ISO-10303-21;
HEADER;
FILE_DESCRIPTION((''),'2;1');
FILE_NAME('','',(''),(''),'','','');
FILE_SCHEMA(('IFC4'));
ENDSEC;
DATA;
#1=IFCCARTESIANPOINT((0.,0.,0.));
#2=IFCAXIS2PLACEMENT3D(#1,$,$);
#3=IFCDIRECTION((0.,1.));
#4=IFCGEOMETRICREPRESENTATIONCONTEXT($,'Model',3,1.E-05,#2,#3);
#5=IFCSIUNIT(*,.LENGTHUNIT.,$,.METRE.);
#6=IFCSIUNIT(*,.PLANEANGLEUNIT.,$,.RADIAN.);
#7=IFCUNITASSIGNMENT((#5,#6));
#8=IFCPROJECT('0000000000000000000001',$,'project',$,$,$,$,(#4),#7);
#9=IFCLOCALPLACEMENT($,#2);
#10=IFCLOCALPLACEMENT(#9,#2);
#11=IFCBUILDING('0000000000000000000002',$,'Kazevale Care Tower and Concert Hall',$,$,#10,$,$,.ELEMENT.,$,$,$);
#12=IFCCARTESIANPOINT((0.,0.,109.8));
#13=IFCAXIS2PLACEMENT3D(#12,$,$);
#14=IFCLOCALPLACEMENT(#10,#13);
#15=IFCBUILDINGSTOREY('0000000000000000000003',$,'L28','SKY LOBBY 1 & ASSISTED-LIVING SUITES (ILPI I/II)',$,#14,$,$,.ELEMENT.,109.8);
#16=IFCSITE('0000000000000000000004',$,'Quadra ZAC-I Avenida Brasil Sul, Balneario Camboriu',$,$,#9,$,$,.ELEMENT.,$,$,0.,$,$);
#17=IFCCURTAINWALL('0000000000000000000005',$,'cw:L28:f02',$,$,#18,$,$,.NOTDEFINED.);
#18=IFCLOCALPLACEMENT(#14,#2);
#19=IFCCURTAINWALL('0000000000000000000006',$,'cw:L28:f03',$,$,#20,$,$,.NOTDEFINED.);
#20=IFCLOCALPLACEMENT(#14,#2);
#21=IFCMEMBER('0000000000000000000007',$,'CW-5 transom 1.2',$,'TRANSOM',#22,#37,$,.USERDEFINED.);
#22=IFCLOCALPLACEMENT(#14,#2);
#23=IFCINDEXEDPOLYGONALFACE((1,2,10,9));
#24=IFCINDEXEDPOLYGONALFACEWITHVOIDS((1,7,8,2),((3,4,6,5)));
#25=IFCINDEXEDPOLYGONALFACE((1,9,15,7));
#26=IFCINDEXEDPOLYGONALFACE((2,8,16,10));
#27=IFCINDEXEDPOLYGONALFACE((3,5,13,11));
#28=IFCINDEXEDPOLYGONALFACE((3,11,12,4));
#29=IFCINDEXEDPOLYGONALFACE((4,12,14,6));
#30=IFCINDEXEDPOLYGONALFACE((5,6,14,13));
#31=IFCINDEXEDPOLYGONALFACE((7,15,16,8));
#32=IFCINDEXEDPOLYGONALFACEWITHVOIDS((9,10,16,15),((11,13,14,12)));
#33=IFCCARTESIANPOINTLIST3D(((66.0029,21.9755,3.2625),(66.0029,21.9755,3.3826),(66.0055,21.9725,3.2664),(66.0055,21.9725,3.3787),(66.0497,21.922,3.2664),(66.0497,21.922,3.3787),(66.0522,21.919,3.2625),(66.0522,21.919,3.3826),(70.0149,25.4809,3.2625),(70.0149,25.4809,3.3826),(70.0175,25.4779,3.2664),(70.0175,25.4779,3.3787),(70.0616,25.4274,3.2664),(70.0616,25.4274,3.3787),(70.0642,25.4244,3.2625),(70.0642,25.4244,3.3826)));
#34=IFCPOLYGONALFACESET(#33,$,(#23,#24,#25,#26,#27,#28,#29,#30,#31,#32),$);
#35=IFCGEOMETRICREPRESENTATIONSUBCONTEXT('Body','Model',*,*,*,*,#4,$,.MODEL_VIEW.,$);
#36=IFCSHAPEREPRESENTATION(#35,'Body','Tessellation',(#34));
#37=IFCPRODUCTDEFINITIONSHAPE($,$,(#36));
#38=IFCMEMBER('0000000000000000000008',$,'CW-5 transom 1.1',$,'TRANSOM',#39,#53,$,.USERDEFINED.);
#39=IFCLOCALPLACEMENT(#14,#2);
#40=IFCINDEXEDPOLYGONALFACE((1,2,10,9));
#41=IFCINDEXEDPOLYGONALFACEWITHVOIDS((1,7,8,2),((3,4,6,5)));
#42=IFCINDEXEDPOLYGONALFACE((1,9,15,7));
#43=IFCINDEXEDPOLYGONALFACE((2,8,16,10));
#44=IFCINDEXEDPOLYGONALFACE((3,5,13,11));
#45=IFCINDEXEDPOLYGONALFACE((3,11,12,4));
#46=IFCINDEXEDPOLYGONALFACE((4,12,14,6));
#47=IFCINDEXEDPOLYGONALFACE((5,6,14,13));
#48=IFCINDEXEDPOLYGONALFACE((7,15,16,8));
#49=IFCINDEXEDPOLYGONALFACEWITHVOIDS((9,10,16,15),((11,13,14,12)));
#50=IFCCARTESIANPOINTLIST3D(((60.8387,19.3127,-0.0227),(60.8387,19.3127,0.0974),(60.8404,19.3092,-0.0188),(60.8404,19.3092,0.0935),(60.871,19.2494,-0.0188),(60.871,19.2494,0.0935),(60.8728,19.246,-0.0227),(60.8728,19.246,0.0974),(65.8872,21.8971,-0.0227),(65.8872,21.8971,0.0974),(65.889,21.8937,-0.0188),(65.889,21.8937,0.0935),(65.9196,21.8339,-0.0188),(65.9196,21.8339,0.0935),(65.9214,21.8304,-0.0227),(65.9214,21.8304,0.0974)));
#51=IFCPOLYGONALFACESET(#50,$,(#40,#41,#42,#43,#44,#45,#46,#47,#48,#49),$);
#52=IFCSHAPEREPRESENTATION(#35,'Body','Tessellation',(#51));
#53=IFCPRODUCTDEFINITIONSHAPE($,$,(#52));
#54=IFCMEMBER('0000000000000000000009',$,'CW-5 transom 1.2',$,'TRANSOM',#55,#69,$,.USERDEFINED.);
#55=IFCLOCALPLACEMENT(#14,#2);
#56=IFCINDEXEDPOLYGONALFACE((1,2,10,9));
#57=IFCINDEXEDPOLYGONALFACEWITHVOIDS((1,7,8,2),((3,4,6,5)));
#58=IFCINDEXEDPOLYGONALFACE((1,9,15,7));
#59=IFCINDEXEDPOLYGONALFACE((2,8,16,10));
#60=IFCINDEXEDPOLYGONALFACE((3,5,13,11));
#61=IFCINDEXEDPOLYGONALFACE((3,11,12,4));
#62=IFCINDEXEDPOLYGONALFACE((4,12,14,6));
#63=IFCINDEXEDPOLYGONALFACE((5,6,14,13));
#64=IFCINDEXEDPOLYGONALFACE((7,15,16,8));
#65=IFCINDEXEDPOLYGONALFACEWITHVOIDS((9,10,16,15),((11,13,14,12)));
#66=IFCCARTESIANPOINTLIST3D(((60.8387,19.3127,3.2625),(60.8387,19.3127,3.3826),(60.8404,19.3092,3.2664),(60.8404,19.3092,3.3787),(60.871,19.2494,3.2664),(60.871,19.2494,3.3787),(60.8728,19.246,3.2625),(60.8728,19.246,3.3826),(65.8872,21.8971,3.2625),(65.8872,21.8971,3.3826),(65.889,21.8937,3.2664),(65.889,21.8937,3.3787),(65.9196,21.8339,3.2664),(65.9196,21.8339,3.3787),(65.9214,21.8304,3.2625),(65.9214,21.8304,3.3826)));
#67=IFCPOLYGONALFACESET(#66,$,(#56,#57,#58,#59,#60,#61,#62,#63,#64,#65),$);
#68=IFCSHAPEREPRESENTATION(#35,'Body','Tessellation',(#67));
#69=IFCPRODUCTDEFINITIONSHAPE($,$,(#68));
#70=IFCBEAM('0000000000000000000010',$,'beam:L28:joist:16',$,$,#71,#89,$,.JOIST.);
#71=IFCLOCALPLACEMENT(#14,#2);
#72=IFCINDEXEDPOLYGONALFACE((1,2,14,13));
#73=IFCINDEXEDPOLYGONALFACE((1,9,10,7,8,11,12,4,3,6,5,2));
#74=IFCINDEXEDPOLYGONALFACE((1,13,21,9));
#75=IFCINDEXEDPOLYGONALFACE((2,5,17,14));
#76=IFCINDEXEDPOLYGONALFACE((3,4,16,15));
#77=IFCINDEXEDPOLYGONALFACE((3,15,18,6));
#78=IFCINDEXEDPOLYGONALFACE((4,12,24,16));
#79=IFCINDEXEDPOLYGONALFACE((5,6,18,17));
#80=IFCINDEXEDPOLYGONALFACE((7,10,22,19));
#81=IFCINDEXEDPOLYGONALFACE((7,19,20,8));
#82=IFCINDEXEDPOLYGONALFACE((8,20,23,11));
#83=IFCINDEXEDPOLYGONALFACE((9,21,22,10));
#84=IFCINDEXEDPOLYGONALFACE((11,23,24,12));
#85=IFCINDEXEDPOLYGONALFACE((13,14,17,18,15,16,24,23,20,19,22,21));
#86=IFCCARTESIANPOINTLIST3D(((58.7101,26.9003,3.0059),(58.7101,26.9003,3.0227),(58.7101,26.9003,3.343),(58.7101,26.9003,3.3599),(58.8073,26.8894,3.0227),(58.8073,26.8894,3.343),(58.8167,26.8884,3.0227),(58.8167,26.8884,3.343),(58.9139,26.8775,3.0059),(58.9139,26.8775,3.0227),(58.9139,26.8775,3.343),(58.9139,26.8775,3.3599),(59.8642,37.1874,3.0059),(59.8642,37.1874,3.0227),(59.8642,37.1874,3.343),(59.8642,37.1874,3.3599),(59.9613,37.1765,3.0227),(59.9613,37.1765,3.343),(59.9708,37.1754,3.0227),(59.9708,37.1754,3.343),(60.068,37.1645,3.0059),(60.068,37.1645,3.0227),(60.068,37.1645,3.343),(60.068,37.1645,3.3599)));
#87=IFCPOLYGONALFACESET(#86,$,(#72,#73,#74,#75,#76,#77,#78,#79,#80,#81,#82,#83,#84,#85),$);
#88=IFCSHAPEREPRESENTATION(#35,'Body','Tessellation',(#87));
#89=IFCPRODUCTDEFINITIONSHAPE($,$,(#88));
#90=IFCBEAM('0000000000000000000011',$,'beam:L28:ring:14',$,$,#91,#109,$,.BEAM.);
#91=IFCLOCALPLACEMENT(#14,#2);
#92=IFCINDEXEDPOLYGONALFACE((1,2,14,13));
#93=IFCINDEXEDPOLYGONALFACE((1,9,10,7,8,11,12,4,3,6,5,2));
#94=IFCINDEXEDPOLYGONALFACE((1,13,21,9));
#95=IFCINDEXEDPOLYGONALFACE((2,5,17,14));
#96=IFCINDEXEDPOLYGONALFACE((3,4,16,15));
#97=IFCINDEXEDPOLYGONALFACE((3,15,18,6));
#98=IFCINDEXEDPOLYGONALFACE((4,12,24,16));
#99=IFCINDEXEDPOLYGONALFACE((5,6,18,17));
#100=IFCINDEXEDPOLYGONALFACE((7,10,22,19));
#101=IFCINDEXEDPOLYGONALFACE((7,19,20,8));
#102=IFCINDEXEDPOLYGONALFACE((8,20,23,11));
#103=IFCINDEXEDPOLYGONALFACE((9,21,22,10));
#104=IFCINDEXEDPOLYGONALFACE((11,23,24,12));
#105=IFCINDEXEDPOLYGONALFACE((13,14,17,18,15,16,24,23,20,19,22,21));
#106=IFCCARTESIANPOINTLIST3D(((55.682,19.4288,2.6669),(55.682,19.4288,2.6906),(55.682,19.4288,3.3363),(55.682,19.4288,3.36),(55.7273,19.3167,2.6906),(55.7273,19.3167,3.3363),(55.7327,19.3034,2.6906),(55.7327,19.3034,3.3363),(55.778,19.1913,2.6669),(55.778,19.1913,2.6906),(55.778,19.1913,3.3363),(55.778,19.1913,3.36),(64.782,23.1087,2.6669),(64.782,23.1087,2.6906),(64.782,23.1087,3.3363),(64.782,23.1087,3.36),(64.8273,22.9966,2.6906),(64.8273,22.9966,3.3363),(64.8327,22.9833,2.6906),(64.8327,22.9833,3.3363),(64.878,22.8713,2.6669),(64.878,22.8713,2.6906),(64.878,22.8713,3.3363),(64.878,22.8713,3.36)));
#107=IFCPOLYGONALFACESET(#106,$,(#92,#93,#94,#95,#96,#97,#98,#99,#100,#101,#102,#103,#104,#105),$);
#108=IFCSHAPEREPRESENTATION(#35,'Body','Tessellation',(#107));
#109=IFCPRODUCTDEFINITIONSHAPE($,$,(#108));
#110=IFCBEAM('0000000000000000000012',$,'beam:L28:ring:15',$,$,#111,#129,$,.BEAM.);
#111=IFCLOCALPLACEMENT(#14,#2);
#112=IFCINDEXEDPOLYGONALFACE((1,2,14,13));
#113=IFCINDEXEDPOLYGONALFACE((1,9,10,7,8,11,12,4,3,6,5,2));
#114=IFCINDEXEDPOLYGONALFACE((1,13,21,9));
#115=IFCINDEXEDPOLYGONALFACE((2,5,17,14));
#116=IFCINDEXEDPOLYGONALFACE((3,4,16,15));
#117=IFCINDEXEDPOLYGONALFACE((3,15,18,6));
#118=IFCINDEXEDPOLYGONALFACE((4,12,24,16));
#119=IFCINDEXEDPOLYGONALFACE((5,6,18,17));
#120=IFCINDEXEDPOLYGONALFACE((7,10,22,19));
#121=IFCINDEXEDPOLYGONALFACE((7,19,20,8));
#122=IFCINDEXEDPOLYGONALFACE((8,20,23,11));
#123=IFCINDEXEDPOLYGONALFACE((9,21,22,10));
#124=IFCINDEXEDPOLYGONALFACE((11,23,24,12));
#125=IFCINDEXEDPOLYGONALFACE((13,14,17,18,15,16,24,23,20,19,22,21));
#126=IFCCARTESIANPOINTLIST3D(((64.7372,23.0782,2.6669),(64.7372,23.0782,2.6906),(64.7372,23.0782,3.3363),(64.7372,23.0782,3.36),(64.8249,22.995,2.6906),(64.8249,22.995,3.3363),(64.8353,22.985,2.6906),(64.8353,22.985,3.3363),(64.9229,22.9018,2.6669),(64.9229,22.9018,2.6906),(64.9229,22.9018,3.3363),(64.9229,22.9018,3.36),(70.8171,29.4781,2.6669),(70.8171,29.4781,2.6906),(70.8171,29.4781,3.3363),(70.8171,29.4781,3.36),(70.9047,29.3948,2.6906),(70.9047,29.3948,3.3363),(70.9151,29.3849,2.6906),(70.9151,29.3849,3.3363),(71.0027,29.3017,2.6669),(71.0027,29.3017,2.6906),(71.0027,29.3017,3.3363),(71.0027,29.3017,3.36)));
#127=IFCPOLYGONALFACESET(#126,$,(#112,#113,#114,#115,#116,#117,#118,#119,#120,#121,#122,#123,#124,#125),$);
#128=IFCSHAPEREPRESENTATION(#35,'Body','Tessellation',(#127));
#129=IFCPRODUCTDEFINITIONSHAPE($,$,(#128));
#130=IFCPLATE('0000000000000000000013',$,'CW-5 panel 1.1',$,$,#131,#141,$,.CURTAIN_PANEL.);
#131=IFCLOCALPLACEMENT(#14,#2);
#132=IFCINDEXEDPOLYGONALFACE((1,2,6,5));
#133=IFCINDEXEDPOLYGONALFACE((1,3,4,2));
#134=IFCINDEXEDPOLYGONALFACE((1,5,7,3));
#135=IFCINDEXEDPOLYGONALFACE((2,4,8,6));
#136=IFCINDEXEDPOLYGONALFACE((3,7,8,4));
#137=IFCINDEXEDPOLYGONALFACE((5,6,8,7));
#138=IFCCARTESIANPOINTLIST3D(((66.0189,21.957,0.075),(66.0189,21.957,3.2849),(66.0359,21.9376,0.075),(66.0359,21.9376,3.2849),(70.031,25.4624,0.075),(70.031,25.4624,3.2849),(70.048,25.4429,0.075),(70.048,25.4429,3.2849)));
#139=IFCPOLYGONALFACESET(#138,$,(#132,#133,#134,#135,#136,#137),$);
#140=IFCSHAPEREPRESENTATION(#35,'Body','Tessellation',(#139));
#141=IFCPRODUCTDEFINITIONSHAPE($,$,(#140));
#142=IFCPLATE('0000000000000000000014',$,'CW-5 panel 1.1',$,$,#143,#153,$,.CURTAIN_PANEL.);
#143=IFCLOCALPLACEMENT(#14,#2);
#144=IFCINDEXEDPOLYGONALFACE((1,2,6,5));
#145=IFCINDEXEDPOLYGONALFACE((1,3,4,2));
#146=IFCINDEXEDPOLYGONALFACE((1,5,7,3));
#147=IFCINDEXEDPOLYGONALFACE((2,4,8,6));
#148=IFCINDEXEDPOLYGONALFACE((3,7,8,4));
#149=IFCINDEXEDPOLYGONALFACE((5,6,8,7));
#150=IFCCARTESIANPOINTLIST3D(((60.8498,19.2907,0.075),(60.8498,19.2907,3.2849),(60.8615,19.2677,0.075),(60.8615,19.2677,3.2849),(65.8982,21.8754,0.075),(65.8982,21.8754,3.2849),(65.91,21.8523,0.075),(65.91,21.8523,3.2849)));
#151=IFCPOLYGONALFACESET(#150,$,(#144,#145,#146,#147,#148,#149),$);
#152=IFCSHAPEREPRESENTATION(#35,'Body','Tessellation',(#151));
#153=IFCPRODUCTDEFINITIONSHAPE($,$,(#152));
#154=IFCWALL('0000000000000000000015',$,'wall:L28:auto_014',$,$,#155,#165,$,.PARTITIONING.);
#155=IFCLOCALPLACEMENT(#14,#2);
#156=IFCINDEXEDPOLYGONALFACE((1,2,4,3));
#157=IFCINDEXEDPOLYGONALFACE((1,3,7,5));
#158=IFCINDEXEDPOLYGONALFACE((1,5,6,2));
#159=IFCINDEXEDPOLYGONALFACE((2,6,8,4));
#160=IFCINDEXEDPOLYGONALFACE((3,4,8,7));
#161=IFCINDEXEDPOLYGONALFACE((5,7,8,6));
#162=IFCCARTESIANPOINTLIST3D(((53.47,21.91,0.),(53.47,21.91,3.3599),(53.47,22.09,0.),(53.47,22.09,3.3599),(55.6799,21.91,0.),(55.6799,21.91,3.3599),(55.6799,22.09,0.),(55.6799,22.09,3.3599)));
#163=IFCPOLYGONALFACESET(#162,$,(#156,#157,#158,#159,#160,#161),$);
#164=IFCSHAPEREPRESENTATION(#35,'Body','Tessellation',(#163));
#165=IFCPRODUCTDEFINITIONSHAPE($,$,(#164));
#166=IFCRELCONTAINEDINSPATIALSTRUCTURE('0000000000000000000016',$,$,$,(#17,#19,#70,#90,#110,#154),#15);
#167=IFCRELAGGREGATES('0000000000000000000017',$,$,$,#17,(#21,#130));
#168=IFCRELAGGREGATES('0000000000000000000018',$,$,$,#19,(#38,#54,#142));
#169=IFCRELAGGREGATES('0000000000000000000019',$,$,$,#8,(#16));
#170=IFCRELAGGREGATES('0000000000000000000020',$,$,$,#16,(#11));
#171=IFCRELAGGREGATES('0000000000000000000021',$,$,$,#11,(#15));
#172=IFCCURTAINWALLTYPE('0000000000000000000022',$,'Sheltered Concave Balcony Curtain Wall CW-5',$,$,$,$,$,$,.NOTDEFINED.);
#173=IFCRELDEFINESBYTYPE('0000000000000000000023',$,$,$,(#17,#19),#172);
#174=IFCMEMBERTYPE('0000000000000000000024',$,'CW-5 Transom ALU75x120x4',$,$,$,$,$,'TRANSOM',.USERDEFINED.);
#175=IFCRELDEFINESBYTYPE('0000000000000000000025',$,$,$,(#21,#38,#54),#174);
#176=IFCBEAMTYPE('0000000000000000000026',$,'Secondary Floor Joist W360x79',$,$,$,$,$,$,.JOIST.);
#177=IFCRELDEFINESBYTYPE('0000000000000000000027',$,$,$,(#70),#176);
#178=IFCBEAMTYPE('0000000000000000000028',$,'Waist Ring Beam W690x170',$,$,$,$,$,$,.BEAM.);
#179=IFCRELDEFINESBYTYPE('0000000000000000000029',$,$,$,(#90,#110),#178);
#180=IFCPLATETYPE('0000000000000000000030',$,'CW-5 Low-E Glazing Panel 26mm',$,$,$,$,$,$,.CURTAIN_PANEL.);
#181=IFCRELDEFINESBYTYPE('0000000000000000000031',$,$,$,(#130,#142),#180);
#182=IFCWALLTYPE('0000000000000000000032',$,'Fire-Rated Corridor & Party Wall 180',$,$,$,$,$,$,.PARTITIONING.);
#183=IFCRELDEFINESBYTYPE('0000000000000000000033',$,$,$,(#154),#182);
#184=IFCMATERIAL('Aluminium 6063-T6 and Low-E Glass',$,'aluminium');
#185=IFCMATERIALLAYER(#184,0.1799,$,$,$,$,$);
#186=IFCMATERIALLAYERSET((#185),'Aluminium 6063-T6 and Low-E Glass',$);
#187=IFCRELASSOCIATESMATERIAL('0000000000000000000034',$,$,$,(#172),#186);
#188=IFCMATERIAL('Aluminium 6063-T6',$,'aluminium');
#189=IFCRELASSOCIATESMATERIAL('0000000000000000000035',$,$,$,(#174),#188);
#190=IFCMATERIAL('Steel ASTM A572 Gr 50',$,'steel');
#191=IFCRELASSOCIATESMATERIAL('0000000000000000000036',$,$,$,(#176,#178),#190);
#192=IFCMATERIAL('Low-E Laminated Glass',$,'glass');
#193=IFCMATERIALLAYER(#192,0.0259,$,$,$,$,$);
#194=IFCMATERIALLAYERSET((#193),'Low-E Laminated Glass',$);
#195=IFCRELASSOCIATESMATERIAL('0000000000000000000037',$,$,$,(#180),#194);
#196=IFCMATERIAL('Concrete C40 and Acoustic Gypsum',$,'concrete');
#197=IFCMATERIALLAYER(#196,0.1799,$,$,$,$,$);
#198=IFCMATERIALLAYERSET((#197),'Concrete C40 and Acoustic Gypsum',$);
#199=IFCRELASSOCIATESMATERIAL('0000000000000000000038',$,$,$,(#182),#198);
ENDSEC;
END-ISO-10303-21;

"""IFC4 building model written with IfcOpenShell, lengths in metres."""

from ifc_helpers import new_model, si_unit, direction, frame, frame_2d, origin, origin_2d, place, context, subcontext, project, spatial, rectangle, hollow_rectangle, i_section, extrude, material, layer, layer_set, material_profile, profile_set, type_object, element, aggregate, save


model = new_model("IFC4")

# Units and contexts
model_context = context("Model", 3, precision=1e-05, world=origin(), true_north=direction((0.0, 1.0)))
body_context = subcontext(model_context, "Body", "Model", "MODEL_VIEW")
ifc_project = project(units=[si_unit("LENGTHUNIT", "METRE"), si_unit("PLANEANGLEUNIT", "RADIAN")], contexts=[model_context])

# Site, building, storey
site_placement = place(None, origin())
site = spatial("IfcSite", under=ifc_project, at=site_placement, Name="Quadra ZAC-I Avenida Brasil Sul, Balneario Camboriu", CompositionType="ELEMENT", RefElevation=0.0)
building_placement = place(site_placement, origin())
building = spatial("IfcBuilding", under=site, at=building_placement, Name="Kazevale Care Tower and Concert Hall", CompositionType="ELEMENT")
storey_placement = place(building_placement, frame((0.0, 0.0, 109.8)))
storey = spatial("IfcBuildingStorey", under=building, at=storey_placement, Name="L28", Description="SKY LOBBY 1 & ASSISTED-LIVING SUITES (ILPI I/II)", CompositionType="ELEMENT", Elevation=109.8)

# Curtain walls
ifc_material_1 = material(Name="Aluminium 6063-T6 and Low-E Glass", Category="aluminium")
ifc_layer_1 = layer(ifc_material_1, 0.1799)
ifc_layer_set_1 = layer_set([ifc_layer_1], Name="Aluminium 6063-T6 and Low-E Glass")
curtain_wall_type = type_object("IfcCurtainWallType", Name="Sheltered Concave Balcony Curtain Wall CW-5", PredefinedType="NOTDEFINED", material=ifc_layer_set_1)
curtain_wall_1_placement = place(storey_placement, origin())
curtain_wall_1 = element("IfcCurtainWall", 1, at=curtain_wall_1_placement, inside=storey, type_object=curtain_wall_type, Name="cw:L28:f02", PredefinedType="NOTDEFINED")
ifc_material_2 = material(Name="Aluminium 6063-T6", Category="aluminium")
curtain_wall_2_placement = place(storey_placement, origin())
curtain_wall_2 = element("IfcCurtainWall", 2, at=curtain_wall_2_placement, inside=storey, type_object=curtain_wall_type, Name="cw:L28:f03", PredefinedType="NOTDEFINED")

# Members
ifc_material_profile_1 = material_profile(ifc_material_2, hollow_rectangle(XDim=0.075, YDim=0.1201, WallThickness=0.0039, at=origin_2d()), Name="ALU75x120x4")
ifc_profile_set_1 = profile_set([ifc_material_profile_1], Name="Aluminium 6063-T6")
member_type_1 = type_object("IfcMemberType", Name="CW-5 Transom ALU75x120x4", ElementType="TRANSOM", PredefinedType="USERDEFINED", material=ifc_profile_set_1)
member_1_placement = place(storey_placement, frame((70.0396, 25.4526, 3.3225), z_axis=(-0.753051, -0.657963, 0.0), x_axis=(0.657963, -0.753051, 0.0)))
member_1 = element("IfcMember", 3, at=member_1_placement, type_object=member_type_1, Name="CW-5 transom 1.2", ObjectType="TRANSOM", PredefinedType="USERDEFINED", context=body_context, shape_type="SweptSolid", body=[
    extrude(hollow_rectangle(XDim=0.075, YDim=0.1201, WallThickness=0.0039, at=origin_2d()), origin(), (0.0, 0.0, 1.0), 5.3276),
])
member_2_placement = place(storey_placement, frame((65.9043, 21.8638, 0.0374), z_axis=(-0.890143, -0.455682, 0.0), x_axis=(0.455682, -0.890143, 0.0)))
member_2 = element("IfcMember", 4, at=member_2_placement, type_object=member_type_1, Name="CW-5 transom 1.1", ObjectType="TRANSOM", PredefinedType="USERDEFINED", context=body_context, shape_type="SweptSolid", body=[
    extrude(hollow_rectangle(XDim=0.075, YDim=0.1201, WallThickness=0.0039, at=origin_2d()), origin(), (0.0, 0.0, 1.0), 5.6716),
])
member_3_placement = place(storey_placement, frame((65.9043, 21.8638, 3.3225), z_axis=(-0.890143, -0.455682, 0.0), x_axis=(0.455682, -0.890143, 0.0)))
member_3 = element("IfcMember", 5, at=member_3_placement, type_object=member_type_1, Name="CW-5 transom 1.2", ObjectType="TRANSOM", PredefinedType="USERDEFINED", context=body_context, shape_type="SweptSolid", body=[
    extrude(hollow_rectangle(XDim=0.075, YDim=0.1201, WallThickness=0.0039, at=origin_2d()), origin(), (0.0, 0.0, 1.0), 5.6716),
])

# Beams
ifc_material_3 = material(Name="Steel ASTM A572 Gr 50", Category="steel")
ifc_material_profile_2 = material_profile(ifc_material_3, i_section(OverallWidth=0.2051, OverallDepth=0.354, WebThickness=0.0095, FlangeThickness=0.0168, at=origin_2d()), Name="W360x79")
ifc_profile_set_2 = profile_set([ifc_material_profile_2], Name="Steel ASTM A572 Gr 50")
beam_type_1 = type_object("IfcBeamType", Name="Secondary Floor Joist W360x79", PredefinedType="JOIST", material=ifc_profile_set_2)
beam_1_placement = place(storey_placement, frame((58.812, 26.8889, 3.1829), z_axis=(0.111485, 0.993766, 0.0), x_axis=(-0.993766, 0.111485, 0.0)))
element("IfcBeam", 6, at=beam_1_placement, inside=storey, type_object=beam_type_1, Name="beam:L28:joist:16", PredefinedType="JOIST", context=body_context, shape_type="SweptSolid", body=[
    extrude(i_section(OverallWidth=0.2051, OverallDepth=0.354, WebThickness=0.0095, FlangeThickness=0.0168, at=origin_2d()), origin(), (0.0, 0.0, 1.0), 10.3516),
])
ifc_material_profile_3 = material_profile(ifc_material_3, i_section(OverallWidth=0.2561, OverallDepth=0.6931, WebThickness=0.0144, FlangeThickness=0.0237, at=origin_2d()), Name="W690x170")
ifc_profile_set_3 = profile_set([ifc_material_profile_3], Name="Steel ASTM A572 Gr 50")
beam_type_2 = type_object("IfcBeamType", Name="Waist Ring Beam W690x170", PredefinedType="BEAM", material=ifc_profile_set_3)
beam_2_placement = place(storey_placement, frame((55.73, 19.3101, 3.0134), z_axis=(0.927069, 0.374892, 0.0), x_axis=(-0.374892, 0.927069, 0.0)))
element("IfcBeam", 7, at=beam_2_placement, inside=storey, type_object=beam_type_2, Name="beam:L28:ring:14", PredefinedType="BEAM", context=body_context, shape_type="SweptSolid", body=[
    extrude(i_section(OverallWidth=0.2561, OverallDepth=0.6931, WebThickness=0.0144, FlangeThickness=0.0237, at=origin_2d()), origin(), (0.0, 0.0, 1.0), 9.8159),
])
beam_3_placement = place(storey_placement, frame((64.8301, 22.99, 3.0134), z_axis=(0.688745, 0.725004, 0.0), x_axis=(-0.725004, 0.688745, 0.0)))
element("IfcBeam", 8, at=beam_3_placement, inside=storey, type_object=beam_type_2, Name="beam:L28:ring:15", PredefinedType="BEAM", context=body_context, shape_type="SweptSolid", body=[
    extrude(i_section(OverallWidth=0.2561, OverallDepth=0.6931, WebThickness=0.0144, FlangeThickness=0.0237, at=origin_2d()), origin(), (0.0, 0.0, 1.0), 8.8274),
])

# Plates
ifc_material_4 = material(Name="Low-E Laminated Glass", Category="glass")
ifc_layer_2 = layer(ifc_material_4, 0.0259)
ifc_layer_set_2 = layer_set([ifc_layer_2], Name="Low-E Laminated Glass")
plate_type = type_object("IfcPlateType", Name="CW-5 Low-E Glazing Panel 26mm", PredefinedType="CURTAIN_PANEL", material=ifc_layer_set_2)
plate_1_placement = place(storey_placement, frame((68.0334, 23.7, 0.075), z_axis=(0.0, 0.0, 1.0), x_axis=(-0.753063, -0.657949, 0.0)))
plate_1 = element("IfcPlate", 9, at=plate_1_placement, type_object=plate_type, Name="CW-5 panel 1.1", PredefinedType="CURTAIN_PANEL", context=body_context, shape_type="SweptSolid", body=[
    extrude(rectangle(XDim=5.3276, YDim=0.0259, at=origin_2d()), origin(), (0.0, 0.0, 1.0), 3.21),
])
aggregate(curtain_wall_1, [member_1, plate_1])
plate_2_placement = place(storey_placement, frame((63.3799, 20.5715, 0.075), z_axis=(0.0, 0.0, 1.0), x_axis=(-0.890127, -0.455713, 0.0)))
plate_2 = element("IfcPlate", 10, at=plate_2_placement, type_object=plate_type, Name="CW-5 panel 1.1", PredefinedType="CURTAIN_PANEL", context=body_context, shape_type="SweptSolid", body=[
    extrude(rectangle(XDim=5.6716, YDim=0.0259, at=origin_2d()), origin(), (0.0, 0.0, 1.0), 3.21),
])
aggregate(curtain_wall_2, [member_2, member_3, plate_2])

# Wall
ifc_material_5 = material(Name="Concrete C40 and Acoustic Gypsum", Category="concrete")
ifc_layer_3 = layer(ifc_material_5, 0.1799)
ifc_layer_set_3 = layer_set([ifc_layer_3], Name="Concrete C40 and Acoustic Gypsum")
wall_type_1 = type_object("IfcWallType", Name="Fire-Rated Corridor & Party Wall 180", PredefinedType="PARTITIONING", material=ifc_layer_set_3)
wall_1_placement = place(storey_placement, frame((55.6799, 22.0, 0.0), z_axis=(0.0, 0.0, 1.0), x_axis=(-1.0, 0.0, 0.0)))
element("IfcWall", 11, at=wall_1_placement, inside=storey, type_object=wall_type_1, Name="wall:L28:auto_014", PredefinedType="PARTITIONING", context=body_context, shape_type="SweptSolid", body=[
    extrude(rectangle(XDim=2.21, YDim=0.1799, at=frame_2d((1.105, 0.0))), origin(), (0.0, 0.0, 1.0), 3.3599),
])

save(model, "model.ifc")
